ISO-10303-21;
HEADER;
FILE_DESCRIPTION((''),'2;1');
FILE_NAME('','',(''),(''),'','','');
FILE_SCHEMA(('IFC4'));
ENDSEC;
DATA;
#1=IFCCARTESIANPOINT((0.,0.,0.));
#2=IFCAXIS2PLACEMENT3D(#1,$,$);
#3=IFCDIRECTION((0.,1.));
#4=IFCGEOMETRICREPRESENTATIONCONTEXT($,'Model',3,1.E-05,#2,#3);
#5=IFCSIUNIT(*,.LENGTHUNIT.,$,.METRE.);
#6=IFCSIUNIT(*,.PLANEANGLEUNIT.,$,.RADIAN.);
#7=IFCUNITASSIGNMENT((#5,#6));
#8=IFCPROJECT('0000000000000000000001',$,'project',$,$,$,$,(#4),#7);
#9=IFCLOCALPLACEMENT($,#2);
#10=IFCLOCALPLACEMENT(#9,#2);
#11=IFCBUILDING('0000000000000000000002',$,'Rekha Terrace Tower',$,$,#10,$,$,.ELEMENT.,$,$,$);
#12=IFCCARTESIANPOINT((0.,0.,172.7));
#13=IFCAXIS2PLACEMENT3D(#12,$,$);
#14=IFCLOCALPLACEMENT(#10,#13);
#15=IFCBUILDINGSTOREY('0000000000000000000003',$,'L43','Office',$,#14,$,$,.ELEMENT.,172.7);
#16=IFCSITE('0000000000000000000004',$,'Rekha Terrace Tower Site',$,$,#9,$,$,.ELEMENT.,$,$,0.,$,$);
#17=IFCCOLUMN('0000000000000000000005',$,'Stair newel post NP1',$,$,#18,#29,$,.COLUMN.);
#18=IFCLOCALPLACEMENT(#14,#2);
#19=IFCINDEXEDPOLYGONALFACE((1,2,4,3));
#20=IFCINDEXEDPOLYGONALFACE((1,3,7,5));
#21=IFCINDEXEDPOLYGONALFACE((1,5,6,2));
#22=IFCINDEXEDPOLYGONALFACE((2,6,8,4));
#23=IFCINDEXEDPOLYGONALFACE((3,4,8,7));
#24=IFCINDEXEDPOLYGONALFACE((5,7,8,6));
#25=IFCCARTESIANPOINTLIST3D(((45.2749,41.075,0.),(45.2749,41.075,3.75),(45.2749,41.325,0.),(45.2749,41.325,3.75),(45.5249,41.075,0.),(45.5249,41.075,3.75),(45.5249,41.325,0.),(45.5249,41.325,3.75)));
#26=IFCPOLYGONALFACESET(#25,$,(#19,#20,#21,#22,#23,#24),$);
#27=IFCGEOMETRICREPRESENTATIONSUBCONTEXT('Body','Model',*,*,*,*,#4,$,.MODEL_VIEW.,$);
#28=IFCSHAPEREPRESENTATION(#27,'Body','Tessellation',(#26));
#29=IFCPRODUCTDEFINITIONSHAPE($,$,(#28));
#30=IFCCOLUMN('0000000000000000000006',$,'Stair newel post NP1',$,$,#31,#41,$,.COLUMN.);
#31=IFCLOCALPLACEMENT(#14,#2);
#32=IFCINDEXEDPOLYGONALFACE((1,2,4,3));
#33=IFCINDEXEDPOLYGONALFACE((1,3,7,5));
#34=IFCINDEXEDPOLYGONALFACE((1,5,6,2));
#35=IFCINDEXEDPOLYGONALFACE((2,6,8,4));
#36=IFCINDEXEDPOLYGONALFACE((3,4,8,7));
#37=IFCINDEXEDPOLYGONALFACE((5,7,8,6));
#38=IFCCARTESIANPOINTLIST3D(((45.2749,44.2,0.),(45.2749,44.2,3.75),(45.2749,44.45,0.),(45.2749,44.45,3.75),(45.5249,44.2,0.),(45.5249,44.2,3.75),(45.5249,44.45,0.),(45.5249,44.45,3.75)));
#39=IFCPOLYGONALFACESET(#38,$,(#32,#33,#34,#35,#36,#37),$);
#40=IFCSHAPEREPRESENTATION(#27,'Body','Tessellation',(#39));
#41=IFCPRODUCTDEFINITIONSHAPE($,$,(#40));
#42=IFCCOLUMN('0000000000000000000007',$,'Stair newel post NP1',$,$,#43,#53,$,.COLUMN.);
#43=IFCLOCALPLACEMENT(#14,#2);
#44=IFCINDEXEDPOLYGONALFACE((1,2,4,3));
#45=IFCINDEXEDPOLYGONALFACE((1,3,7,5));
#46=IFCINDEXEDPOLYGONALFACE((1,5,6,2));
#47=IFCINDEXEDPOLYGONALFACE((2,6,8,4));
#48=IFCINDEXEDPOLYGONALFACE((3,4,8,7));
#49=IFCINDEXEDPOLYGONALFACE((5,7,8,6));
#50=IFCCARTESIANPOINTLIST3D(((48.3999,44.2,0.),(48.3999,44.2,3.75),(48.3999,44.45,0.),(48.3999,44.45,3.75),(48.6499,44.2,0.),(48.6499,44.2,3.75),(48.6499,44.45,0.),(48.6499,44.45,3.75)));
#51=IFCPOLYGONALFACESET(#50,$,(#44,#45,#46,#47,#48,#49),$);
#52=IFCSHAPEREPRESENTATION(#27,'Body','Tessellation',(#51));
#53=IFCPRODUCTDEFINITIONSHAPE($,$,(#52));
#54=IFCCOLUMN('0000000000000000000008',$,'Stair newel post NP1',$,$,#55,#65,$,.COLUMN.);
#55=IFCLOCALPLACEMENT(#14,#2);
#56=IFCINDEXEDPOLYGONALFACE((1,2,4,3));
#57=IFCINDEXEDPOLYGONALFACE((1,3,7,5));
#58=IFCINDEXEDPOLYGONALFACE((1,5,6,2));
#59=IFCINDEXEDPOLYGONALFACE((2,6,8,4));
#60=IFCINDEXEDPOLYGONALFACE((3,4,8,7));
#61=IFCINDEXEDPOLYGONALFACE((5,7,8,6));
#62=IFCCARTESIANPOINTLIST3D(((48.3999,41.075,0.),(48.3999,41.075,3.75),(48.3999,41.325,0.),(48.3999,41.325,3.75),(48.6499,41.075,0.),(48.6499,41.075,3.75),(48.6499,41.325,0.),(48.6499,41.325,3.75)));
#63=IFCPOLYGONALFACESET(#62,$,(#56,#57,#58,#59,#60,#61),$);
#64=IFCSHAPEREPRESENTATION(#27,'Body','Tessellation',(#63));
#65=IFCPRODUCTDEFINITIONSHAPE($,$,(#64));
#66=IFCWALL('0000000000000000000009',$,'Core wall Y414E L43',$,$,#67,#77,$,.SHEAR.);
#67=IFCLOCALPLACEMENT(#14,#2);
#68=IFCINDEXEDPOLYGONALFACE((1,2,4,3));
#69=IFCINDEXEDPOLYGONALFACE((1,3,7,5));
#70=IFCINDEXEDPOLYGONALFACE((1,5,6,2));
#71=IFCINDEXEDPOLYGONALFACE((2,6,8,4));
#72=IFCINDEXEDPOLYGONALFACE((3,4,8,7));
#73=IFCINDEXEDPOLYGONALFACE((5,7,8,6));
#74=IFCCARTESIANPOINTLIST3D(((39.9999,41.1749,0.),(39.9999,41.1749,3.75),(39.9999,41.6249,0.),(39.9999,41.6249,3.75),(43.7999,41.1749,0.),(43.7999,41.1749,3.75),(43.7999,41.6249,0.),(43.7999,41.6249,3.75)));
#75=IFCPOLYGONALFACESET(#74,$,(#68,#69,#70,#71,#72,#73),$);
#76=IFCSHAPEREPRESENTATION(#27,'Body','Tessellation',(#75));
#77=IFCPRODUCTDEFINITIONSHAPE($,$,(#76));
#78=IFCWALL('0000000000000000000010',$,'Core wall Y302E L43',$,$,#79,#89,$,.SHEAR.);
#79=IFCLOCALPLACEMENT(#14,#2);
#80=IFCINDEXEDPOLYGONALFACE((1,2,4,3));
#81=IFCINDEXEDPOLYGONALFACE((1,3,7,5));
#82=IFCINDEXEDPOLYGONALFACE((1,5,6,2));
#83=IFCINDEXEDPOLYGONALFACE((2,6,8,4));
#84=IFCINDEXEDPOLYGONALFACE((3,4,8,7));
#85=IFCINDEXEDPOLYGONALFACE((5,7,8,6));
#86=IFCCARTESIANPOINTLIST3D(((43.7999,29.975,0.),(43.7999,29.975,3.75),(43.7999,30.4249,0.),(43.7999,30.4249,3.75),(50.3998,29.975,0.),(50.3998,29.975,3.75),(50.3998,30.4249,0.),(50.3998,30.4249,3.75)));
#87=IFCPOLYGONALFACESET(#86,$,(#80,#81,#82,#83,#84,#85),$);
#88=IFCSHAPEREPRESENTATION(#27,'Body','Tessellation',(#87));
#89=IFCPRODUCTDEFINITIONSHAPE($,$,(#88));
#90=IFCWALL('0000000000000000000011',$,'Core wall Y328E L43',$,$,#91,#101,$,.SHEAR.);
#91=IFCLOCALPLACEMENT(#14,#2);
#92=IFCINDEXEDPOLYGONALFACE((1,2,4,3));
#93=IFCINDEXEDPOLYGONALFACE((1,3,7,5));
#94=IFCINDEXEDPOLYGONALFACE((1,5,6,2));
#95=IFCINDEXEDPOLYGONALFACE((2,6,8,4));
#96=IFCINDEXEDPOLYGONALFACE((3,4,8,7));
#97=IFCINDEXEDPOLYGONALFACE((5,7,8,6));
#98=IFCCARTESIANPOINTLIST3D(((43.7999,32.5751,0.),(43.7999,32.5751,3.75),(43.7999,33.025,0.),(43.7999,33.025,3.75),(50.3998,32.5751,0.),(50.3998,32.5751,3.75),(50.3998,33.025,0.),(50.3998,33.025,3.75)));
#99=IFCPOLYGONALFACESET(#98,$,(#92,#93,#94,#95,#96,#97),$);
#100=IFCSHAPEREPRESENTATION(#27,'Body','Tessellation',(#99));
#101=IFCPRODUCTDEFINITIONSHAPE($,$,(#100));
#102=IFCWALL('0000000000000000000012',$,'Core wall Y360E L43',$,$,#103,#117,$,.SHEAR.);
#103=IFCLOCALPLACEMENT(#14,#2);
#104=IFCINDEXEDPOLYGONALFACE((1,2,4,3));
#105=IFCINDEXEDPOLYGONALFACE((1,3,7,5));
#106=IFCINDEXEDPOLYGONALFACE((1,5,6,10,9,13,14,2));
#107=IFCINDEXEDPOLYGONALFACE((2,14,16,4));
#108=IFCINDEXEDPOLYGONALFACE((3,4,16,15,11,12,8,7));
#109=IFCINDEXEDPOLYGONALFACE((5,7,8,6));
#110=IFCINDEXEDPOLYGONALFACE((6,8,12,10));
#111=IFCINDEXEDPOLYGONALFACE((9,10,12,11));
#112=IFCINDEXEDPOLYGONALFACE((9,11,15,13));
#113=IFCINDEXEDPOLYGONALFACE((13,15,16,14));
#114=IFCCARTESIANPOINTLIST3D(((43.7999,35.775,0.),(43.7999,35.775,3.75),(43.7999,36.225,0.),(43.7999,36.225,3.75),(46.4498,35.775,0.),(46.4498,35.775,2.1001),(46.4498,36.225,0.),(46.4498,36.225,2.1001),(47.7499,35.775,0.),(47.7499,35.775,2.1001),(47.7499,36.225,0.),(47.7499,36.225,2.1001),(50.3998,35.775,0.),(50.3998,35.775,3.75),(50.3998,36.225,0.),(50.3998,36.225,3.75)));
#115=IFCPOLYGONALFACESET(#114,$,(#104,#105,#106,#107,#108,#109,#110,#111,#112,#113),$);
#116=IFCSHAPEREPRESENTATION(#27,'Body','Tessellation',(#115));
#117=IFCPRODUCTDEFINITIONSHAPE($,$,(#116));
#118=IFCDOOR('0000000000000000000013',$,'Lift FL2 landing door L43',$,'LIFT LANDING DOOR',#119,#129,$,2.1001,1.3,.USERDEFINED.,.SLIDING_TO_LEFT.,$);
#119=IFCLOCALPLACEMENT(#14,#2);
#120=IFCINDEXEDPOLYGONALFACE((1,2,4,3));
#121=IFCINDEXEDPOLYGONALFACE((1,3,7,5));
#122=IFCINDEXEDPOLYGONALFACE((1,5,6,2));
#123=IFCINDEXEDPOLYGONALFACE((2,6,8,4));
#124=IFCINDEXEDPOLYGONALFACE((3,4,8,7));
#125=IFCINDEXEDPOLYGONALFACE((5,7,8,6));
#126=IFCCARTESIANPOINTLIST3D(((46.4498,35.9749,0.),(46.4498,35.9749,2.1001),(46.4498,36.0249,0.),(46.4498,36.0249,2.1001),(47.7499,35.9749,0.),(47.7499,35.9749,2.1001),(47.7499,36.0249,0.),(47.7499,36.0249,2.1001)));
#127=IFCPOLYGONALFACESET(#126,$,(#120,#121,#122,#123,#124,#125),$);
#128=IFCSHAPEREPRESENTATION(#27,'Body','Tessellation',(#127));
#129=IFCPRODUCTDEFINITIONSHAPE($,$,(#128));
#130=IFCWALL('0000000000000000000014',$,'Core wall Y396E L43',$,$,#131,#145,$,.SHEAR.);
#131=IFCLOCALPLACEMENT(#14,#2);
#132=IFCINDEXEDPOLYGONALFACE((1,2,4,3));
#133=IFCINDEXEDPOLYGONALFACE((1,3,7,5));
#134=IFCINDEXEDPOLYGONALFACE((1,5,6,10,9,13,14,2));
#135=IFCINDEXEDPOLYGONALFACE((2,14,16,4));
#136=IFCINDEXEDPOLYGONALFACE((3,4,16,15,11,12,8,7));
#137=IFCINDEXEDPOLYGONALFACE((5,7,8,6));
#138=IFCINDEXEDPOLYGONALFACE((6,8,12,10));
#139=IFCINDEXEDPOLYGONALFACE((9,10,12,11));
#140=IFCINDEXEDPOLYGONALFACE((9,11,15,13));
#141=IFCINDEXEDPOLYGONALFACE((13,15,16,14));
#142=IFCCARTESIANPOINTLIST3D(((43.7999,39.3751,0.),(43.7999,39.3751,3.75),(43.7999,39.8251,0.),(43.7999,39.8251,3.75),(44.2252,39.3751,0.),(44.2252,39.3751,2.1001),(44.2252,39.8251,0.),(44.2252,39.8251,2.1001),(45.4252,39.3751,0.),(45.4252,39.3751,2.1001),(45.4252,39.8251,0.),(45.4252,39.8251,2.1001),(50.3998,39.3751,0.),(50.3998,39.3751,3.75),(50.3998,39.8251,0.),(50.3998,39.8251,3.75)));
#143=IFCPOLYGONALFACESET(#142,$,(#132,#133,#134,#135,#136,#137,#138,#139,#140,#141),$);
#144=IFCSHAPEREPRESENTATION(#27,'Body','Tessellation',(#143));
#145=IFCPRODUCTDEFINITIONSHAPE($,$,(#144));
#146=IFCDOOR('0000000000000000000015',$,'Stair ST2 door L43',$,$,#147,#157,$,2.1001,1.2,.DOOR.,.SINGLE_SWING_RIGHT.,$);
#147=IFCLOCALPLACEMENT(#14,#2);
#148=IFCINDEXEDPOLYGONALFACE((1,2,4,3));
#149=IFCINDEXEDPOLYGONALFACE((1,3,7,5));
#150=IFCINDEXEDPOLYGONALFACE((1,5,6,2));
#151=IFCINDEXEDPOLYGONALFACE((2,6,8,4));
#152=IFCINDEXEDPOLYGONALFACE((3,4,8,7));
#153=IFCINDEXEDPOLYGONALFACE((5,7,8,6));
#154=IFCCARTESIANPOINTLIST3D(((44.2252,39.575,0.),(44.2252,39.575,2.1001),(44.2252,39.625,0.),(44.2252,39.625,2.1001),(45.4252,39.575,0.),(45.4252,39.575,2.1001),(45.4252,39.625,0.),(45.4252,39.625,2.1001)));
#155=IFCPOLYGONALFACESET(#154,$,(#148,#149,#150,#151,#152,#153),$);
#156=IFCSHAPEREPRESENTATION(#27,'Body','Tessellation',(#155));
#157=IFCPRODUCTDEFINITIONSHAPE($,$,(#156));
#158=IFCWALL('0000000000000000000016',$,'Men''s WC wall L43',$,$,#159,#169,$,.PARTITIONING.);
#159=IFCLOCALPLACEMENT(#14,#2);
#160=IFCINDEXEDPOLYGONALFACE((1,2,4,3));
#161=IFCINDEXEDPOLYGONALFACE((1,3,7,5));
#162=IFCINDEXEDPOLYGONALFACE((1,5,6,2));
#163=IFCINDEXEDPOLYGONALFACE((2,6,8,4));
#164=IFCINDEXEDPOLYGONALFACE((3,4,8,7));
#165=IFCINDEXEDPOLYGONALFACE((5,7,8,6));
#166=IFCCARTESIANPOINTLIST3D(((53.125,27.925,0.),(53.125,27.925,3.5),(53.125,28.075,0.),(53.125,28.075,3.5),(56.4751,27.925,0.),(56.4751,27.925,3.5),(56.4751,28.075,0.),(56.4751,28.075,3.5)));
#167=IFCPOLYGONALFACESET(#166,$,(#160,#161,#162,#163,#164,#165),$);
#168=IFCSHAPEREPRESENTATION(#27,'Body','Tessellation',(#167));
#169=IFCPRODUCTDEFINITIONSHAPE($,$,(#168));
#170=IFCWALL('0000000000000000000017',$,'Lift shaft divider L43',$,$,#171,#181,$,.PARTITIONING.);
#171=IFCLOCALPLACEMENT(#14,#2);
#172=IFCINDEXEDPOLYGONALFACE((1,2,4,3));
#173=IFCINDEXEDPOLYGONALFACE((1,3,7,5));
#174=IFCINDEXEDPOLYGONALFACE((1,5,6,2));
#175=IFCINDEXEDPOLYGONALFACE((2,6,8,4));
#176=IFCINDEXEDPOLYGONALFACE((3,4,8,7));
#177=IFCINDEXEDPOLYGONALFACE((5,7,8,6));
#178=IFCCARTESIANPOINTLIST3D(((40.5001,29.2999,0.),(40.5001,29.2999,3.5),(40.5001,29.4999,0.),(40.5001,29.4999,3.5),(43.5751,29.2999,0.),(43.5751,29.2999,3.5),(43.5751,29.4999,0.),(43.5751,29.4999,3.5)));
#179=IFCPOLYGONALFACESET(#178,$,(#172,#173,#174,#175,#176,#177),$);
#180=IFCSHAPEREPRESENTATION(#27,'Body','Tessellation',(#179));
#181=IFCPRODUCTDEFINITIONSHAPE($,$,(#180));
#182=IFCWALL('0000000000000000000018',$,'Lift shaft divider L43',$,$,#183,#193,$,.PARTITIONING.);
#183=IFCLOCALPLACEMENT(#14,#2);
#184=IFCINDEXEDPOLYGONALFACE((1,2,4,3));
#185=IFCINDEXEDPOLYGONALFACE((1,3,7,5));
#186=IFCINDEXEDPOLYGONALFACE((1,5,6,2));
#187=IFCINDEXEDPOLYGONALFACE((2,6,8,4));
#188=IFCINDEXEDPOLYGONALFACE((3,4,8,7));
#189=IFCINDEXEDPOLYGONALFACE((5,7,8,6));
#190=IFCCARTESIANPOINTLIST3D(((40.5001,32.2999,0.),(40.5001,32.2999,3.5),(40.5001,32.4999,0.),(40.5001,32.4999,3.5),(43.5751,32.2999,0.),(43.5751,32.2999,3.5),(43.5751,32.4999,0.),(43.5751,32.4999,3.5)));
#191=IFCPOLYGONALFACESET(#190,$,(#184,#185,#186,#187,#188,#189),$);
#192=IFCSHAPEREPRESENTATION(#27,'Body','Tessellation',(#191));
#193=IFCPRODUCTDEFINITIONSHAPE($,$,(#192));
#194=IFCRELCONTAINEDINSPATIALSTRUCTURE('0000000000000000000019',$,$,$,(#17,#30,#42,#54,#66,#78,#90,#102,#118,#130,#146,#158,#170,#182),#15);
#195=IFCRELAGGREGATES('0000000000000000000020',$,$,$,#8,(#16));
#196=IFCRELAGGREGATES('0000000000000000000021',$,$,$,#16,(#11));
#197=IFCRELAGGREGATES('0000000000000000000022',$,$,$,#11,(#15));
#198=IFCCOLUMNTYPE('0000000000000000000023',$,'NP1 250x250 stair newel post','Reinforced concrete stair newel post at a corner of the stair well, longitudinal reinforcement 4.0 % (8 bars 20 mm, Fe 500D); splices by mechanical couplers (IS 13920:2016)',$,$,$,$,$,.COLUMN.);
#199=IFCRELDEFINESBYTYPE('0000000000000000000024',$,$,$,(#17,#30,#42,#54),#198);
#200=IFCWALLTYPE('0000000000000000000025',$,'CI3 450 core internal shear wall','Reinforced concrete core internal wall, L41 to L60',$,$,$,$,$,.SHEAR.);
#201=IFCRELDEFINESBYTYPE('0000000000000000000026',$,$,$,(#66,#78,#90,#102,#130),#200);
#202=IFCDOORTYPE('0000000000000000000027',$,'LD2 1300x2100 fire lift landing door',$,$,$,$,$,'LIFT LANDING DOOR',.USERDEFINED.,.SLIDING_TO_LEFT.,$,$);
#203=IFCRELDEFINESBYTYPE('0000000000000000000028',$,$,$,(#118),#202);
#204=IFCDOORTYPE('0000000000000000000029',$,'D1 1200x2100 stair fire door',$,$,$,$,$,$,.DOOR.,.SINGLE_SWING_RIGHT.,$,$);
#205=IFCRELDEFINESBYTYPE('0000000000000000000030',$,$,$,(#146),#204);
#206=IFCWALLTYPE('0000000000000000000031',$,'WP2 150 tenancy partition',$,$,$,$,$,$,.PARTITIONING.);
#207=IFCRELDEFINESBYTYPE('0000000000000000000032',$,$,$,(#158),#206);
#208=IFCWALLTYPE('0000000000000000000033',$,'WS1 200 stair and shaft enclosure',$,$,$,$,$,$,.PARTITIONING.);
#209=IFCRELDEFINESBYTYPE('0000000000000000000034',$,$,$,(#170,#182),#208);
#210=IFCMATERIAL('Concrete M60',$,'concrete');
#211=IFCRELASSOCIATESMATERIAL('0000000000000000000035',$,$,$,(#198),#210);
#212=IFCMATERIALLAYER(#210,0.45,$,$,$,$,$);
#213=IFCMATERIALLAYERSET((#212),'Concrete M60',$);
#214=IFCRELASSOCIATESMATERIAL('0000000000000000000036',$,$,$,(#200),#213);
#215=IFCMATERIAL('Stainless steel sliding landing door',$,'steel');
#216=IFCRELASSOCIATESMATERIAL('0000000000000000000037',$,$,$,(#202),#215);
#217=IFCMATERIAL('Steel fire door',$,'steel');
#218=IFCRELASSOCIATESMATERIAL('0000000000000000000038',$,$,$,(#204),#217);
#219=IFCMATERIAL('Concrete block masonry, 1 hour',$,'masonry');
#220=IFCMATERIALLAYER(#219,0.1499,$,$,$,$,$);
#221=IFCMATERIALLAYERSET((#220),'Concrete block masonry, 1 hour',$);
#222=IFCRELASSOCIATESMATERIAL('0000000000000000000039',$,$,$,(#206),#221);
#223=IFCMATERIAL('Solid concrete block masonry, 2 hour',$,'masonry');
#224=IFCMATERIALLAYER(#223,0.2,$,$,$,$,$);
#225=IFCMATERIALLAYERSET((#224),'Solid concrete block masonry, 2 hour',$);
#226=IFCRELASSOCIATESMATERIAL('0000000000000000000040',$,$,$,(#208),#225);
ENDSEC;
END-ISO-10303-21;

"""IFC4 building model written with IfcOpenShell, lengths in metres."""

from ifc_helpers import new_model, si_unit, direction, frame, frame_2d, origin, origin_2d, place, context, subcontext, project, spatial, rectangle, extrude, material, layer, layer_set, material_profile, profile_set, type_object, element, fill, save


model = new_model("IFC4")

# Units and contexts
model_context = context("Model", 3, precision=1e-05, world=origin(), true_north=direction((0.0, 1.0)))
body_context = subcontext(model_context, "Body", "Model", "MODEL_VIEW")
ifc_project = project(units=[si_unit("LENGTHUNIT", "METRE"), si_unit("PLANEANGLEUNIT", "RADIAN")], contexts=[model_context])

# Site, building, storey
site_placement = place(None, origin())
site = spatial("IfcSite", under=ifc_project, at=site_placement, Name="Rekha Terrace Tower Site", CompositionType="ELEMENT", RefElevation=0.0)
building_placement = place(site_placement, origin())
building = spatial("IfcBuilding", under=site, at=building_placement, Name="Rekha Terrace Tower", CompositionType="ELEMENT")
storey_placement = place(building_placement, frame((0.0, 0.0, 172.7)))
storey = spatial("IfcBuildingStorey", under=building, at=storey_placement, Name="L43", Description="Office", CompositionType="ELEMENT", Elevation=172.7)

# Columns
ifc_material_1 = material(Name="Concrete M60", Category="concrete")
ifc_material_profile = material_profile(ifc_material_1, rectangle(XDim=0.25, YDim=0.25, at=origin_2d()), Name="RC 250x250")
ifc_profile_set = profile_set([ifc_material_profile], Name="Concrete M60")
column_type = type_object("IfcColumnType", Name="NP1 250x250 stair newel post", Description="Reinforced concrete stair newel post at a corner of the stair well, longitudinal reinforcement 4.0 % (8 bars 20 mm, Fe 500D); splices by mechanical couplers (IS 13920:2016)", PredefinedType="COLUMN", material=ifc_profile_set)
for number, where, z_axis, x_axis, name in (
    (1, (45.3999, 41.2, 0.0), (0.0, 0.0, 1.0), (1.0, 0.0, 0.0), "Stair newel post NP1"),
    (2, (45.3999, 44.325, 0.0), (0.0, 0.0, 1.0), (1.0, 0.0, 0.0), "Stair newel post NP1"),
    (3, (48.5249, 44.325, 0.0), (0.0, 0.0, 1.0), (1.0, 0.0, 0.0), "Stair newel post NP1"),
    (4, (48.5249, 41.2, 0.0), (0.0, 0.0, 1.0), (1.0, 0.0, 0.0), "Stair newel post NP1"),
):
    element("IfcColumn", number, at=place(storey_placement, frame(where, z_axis=z_axis, x_axis=x_axis)), inside=storey, type_object=column_type, Name=name, PredefinedType="COLUMN", context=body_context, shape_type="SweptSolid", body=[
        extrude(rectangle(XDim=0.25, YDim=0.25, at=origin_2d()), origin(), (0.0, 0.0, 1.0), 3.75),
    ])

# Walls
ifc_layer_1 = layer(ifc_material_1, 0.45)
ifc_layer_set_1 = layer_set([ifc_layer_1], Name="Concrete M60")
wall_type_1 = type_object("IfcWallType", Name="CI3 450 core internal shear wall", Description="Reinforced concrete core internal wall, L41 to L60", PredefinedType="SHEAR", material=ifc_layer_set_1)
wall_1_placement = place(storey_placement, frame((40.0, 41.3999, 0.0), z_axis=(0.0, 0.0, 1.0), x_axis=(1.0, 0.0, 0.0)))
element("IfcWall", 5, at=wall_1_placement, inside=storey, type_object=wall_type_1, Name="Core wall Y414E L43", PredefinedType="SHEAR", context=body_context, shape_type="SweptSolid", body=[
    extrude(rectangle(XDim=3.8, YDim=0.45, at=frame_2d((1.8999, 0.0))), origin(), (0.0, 0.0, 1.0), 3.75),
])
for number, where, z_axis, x_axis, name in (
    (6, (43.8, 30.2, 0.0), (0.0, 0.0, 1.0), (1.0, 0.0, 0.0), "Core wall Y302E L43"),
    (7, (43.8, 32.8, 0.0), (0.0, 0.0, 1.0), (1.0, 0.0, 0.0), "Core wall Y328E L43"),
):
    element("IfcWall", number, at=place(storey_placement, frame(where, z_axis=z_axis, x_axis=x_axis)), inside=storey, type_object=wall_type_1, Name=name, PredefinedType="SHEAR", context=body_context, shape_type="SweptSolid", body=[
        extrude(rectangle(XDim=6.5999, YDim=0.45, at=frame_2d((3.2998, 0.0))), origin(), (0.0, 0.0, 1.0), 3.75),
    ])

# Walls, openings, doors
wall_2_placement = place(storey_placement, frame((43.8, 36.0, 0.0), z_axis=(0.0, 0.0, 1.0), x_axis=(1.0, 0.0, 0.0)))
wall_2 = element("IfcWall", 8, at=wall_2_placement, inside=storey, type_object=wall_type_1, Name="Core wall Y360E L43", PredefinedType="SHEAR", context=body_context, shape_type="SweptSolid", body=[
    extrude(rectangle(XDim=6.5999, YDim=0.45, at=frame_2d((3.2998, 0.0))), origin(), (0.0, 0.0, 1.0), 3.75),
])
opening_1_placement = place(wall_2_placement, frame((2.6499, 0.0, 0.0)))
opening_1 = element("IfcOpeningElement", 9, at=opening_1_placement, cuts=wall_2, PredefinedType="OPENING", context=body_context, shape_type="SweptSolid", body=[
    extrude(rectangle(XDim=1.3, YDim=2.1001, at=frame_2d((0.6499, 1.05))), frame((0.0, 0.2349, 0.0), z_axis=(0.0, -1.0, 0.0), x_axis=(1.0, 0.0, 0.0)), (0.0, 0.0, 1.0), 0.47),
])
ifc_material_2 = material(Name="Stainless steel sliding landing door", Category="steel")
door_type_1 = type_object("IfcDoorType", Name="LD2 1300x2100 fire lift landing door", ElementType="LIFT LANDING DOOR", OperationType="SLIDING_TO_LEFT", PredefinedType="USERDEFINED", material=ifc_material_2)
door_1_placement = place(opening_1_placement, origin())
door_1 = element("IfcDoor", 10, at=door_1_placement, inside=storey, type_object=door_type_1, Name="Lift FL2 landing door L43", ObjectType="LIFT LANDING DOOR", OperationType="SLIDING_TO_LEFT", OverallHeight=2.1001, OverallWidth=1.3, PredefinedType="USERDEFINED", context=body_context, shape_type="SweptSolid", body=[
    extrude(rectangle(XDim=1.3, YDim=2.1001, at=frame_2d((0.6499, 1.05))), frame((0.0, 0.0249, 0.0), z_axis=(0.0, -1.0, 0.0), x_axis=(1.0, 0.0, 0.0)), (0.0, 0.0, 1.0), 0.05),
])
fill(opening_1, door_1)
wall_3_placement = place(storey_placement, frame((43.8, 39.6001, 0.0), z_axis=(0.0, 0.0, 1.0), x_axis=(1.0, 0.0, 0.0)))
wall_3 = element("IfcWall", 11, at=wall_3_placement, inside=storey, type_object=wall_type_1, Name="Core wall Y396E L43", PredefinedType="SHEAR", context=body_context, shape_type="SweptSolid", body=[
    extrude(rectangle(XDim=6.5999, YDim=0.45, at=frame_2d((3.2998, 0.0))), origin(), (0.0, 0.0, 1.0), 3.75),
])
opening_2_placement = place(wall_3_placement, frame((0.425, 0.0, 0.0)))
opening_2 = element("IfcOpeningElement", 12, at=opening_2_placement, cuts=wall_3, PredefinedType="OPENING", context=body_context, shape_type="SweptSolid", body=[
    extrude(rectangle(XDim=1.2, YDim=2.1001, at=frame_2d((0.6001, 1.05))), frame((0.0, 0.2349, 0.0), z_axis=(0.0, -1.0, 0.0), x_axis=(1.0, 0.0, 0.0)), (0.0, 0.0, 1.0), 0.47),
])
ifc_material_3 = material(Name="Steel fire door", Category="steel")
door_type_2 = type_object("IfcDoorType", Name="D1 1200x2100 stair fire door", OperationType="SINGLE_SWING_RIGHT", PredefinedType="DOOR", material=ifc_material_3)
door_2_placement = place(opening_2_placement, origin())
door_2 = element("IfcDoor", 13, at=door_2_placement, inside=storey, type_object=door_type_2, Name="Stair ST2 door L43", OperationType="SINGLE_SWING_RIGHT", OverallHeight=2.1001, OverallWidth=1.2, PredefinedType="DOOR", context=body_context, shape_type="SweptSolid", body=[
    extrude(rectangle(XDim=1.2, YDim=2.1001, at=frame_2d((0.6001, 1.05))), frame((0.0, 0.0249, 0.0), z_axis=(0.0, -1.0, 0.0), x_axis=(1.0, 0.0, 0.0)), (0.0, 0.0, 1.0), 0.05),
])
fill(opening_2, door_2)

# Walls
ifc_material_4 = material(Name="Concrete block masonry, 1 hour", Category="masonry")
ifc_layer_2 = layer(ifc_material_4, 0.1499)
ifc_layer_set_2 = layer_set([ifc_layer_2], Name="Concrete block masonry, 1 hour")
wall_type_2 = type_object("IfcWallType", Name="WP2 150 tenancy partition", PredefinedType="PARTITIONING", material=ifc_layer_set_2)
wall_4_placement = place(storey_placement, frame((53.125, 28.0, 0.0), z_axis=(0.0, 0.0, 1.0), x_axis=(1.0, 0.0, 0.0)))
element("IfcWall", 14, at=wall_4_placement, inside=storey, type_object=wall_type_2, Name="Men's WC wall L43", PredefinedType="PARTITIONING", context=body_context, shape_type="SweptSolid", body=[
    extrude(rectangle(XDim=3.3501, YDim=0.1499, at=frame_2d((1.675, 0.0))), origin(), (0.0, 0.0, 1.0), 3.5),
])
ifc_material_5 = material(Name="Solid concrete block masonry, 2 hour", Category="masonry")
ifc_layer_3 = layer(ifc_material_5, 0.2)
ifc_layer_set_3 = layer_set([ifc_layer_3], Name="Solid concrete block masonry, 2 hour")
wall_type_3 = type_object("IfcWallType", Name="WS1 200 stair and shaft enclosure", PredefinedType="PARTITIONING", material=ifc_layer_set_3)
for number, where, z_axis, x_axis, name in (
    (15, (40.5, 29.3999, 0.0), (0.0, 0.0, 1.0), (1.0, 0.0, 0.0), "Lift shaft divider L43"),
    (16, (40.5, 32.3999, 0.0), (0.0, 0.0, 1.0), (1.0, 0.0, 0.0), "Lift shaft divider L43"),
):
    element("IfcWall", number, at=place(storey_placement, frame(where, z_axis=z_axis, x_axis=x_axis)), inside=storey, type_object=wall_type_3, Name=name, PredefinedType="PARTITIONING", context=body_context, shape_type="SweptSolid", body=[
        extrude(rectangle(XDim=3.075, YDim=0.2, at=frame_2d((1.5376, 0.0))), origin(), (0.0, 0.0, 1.0), 3.5),
    ])

save(model, "model.ifc")
